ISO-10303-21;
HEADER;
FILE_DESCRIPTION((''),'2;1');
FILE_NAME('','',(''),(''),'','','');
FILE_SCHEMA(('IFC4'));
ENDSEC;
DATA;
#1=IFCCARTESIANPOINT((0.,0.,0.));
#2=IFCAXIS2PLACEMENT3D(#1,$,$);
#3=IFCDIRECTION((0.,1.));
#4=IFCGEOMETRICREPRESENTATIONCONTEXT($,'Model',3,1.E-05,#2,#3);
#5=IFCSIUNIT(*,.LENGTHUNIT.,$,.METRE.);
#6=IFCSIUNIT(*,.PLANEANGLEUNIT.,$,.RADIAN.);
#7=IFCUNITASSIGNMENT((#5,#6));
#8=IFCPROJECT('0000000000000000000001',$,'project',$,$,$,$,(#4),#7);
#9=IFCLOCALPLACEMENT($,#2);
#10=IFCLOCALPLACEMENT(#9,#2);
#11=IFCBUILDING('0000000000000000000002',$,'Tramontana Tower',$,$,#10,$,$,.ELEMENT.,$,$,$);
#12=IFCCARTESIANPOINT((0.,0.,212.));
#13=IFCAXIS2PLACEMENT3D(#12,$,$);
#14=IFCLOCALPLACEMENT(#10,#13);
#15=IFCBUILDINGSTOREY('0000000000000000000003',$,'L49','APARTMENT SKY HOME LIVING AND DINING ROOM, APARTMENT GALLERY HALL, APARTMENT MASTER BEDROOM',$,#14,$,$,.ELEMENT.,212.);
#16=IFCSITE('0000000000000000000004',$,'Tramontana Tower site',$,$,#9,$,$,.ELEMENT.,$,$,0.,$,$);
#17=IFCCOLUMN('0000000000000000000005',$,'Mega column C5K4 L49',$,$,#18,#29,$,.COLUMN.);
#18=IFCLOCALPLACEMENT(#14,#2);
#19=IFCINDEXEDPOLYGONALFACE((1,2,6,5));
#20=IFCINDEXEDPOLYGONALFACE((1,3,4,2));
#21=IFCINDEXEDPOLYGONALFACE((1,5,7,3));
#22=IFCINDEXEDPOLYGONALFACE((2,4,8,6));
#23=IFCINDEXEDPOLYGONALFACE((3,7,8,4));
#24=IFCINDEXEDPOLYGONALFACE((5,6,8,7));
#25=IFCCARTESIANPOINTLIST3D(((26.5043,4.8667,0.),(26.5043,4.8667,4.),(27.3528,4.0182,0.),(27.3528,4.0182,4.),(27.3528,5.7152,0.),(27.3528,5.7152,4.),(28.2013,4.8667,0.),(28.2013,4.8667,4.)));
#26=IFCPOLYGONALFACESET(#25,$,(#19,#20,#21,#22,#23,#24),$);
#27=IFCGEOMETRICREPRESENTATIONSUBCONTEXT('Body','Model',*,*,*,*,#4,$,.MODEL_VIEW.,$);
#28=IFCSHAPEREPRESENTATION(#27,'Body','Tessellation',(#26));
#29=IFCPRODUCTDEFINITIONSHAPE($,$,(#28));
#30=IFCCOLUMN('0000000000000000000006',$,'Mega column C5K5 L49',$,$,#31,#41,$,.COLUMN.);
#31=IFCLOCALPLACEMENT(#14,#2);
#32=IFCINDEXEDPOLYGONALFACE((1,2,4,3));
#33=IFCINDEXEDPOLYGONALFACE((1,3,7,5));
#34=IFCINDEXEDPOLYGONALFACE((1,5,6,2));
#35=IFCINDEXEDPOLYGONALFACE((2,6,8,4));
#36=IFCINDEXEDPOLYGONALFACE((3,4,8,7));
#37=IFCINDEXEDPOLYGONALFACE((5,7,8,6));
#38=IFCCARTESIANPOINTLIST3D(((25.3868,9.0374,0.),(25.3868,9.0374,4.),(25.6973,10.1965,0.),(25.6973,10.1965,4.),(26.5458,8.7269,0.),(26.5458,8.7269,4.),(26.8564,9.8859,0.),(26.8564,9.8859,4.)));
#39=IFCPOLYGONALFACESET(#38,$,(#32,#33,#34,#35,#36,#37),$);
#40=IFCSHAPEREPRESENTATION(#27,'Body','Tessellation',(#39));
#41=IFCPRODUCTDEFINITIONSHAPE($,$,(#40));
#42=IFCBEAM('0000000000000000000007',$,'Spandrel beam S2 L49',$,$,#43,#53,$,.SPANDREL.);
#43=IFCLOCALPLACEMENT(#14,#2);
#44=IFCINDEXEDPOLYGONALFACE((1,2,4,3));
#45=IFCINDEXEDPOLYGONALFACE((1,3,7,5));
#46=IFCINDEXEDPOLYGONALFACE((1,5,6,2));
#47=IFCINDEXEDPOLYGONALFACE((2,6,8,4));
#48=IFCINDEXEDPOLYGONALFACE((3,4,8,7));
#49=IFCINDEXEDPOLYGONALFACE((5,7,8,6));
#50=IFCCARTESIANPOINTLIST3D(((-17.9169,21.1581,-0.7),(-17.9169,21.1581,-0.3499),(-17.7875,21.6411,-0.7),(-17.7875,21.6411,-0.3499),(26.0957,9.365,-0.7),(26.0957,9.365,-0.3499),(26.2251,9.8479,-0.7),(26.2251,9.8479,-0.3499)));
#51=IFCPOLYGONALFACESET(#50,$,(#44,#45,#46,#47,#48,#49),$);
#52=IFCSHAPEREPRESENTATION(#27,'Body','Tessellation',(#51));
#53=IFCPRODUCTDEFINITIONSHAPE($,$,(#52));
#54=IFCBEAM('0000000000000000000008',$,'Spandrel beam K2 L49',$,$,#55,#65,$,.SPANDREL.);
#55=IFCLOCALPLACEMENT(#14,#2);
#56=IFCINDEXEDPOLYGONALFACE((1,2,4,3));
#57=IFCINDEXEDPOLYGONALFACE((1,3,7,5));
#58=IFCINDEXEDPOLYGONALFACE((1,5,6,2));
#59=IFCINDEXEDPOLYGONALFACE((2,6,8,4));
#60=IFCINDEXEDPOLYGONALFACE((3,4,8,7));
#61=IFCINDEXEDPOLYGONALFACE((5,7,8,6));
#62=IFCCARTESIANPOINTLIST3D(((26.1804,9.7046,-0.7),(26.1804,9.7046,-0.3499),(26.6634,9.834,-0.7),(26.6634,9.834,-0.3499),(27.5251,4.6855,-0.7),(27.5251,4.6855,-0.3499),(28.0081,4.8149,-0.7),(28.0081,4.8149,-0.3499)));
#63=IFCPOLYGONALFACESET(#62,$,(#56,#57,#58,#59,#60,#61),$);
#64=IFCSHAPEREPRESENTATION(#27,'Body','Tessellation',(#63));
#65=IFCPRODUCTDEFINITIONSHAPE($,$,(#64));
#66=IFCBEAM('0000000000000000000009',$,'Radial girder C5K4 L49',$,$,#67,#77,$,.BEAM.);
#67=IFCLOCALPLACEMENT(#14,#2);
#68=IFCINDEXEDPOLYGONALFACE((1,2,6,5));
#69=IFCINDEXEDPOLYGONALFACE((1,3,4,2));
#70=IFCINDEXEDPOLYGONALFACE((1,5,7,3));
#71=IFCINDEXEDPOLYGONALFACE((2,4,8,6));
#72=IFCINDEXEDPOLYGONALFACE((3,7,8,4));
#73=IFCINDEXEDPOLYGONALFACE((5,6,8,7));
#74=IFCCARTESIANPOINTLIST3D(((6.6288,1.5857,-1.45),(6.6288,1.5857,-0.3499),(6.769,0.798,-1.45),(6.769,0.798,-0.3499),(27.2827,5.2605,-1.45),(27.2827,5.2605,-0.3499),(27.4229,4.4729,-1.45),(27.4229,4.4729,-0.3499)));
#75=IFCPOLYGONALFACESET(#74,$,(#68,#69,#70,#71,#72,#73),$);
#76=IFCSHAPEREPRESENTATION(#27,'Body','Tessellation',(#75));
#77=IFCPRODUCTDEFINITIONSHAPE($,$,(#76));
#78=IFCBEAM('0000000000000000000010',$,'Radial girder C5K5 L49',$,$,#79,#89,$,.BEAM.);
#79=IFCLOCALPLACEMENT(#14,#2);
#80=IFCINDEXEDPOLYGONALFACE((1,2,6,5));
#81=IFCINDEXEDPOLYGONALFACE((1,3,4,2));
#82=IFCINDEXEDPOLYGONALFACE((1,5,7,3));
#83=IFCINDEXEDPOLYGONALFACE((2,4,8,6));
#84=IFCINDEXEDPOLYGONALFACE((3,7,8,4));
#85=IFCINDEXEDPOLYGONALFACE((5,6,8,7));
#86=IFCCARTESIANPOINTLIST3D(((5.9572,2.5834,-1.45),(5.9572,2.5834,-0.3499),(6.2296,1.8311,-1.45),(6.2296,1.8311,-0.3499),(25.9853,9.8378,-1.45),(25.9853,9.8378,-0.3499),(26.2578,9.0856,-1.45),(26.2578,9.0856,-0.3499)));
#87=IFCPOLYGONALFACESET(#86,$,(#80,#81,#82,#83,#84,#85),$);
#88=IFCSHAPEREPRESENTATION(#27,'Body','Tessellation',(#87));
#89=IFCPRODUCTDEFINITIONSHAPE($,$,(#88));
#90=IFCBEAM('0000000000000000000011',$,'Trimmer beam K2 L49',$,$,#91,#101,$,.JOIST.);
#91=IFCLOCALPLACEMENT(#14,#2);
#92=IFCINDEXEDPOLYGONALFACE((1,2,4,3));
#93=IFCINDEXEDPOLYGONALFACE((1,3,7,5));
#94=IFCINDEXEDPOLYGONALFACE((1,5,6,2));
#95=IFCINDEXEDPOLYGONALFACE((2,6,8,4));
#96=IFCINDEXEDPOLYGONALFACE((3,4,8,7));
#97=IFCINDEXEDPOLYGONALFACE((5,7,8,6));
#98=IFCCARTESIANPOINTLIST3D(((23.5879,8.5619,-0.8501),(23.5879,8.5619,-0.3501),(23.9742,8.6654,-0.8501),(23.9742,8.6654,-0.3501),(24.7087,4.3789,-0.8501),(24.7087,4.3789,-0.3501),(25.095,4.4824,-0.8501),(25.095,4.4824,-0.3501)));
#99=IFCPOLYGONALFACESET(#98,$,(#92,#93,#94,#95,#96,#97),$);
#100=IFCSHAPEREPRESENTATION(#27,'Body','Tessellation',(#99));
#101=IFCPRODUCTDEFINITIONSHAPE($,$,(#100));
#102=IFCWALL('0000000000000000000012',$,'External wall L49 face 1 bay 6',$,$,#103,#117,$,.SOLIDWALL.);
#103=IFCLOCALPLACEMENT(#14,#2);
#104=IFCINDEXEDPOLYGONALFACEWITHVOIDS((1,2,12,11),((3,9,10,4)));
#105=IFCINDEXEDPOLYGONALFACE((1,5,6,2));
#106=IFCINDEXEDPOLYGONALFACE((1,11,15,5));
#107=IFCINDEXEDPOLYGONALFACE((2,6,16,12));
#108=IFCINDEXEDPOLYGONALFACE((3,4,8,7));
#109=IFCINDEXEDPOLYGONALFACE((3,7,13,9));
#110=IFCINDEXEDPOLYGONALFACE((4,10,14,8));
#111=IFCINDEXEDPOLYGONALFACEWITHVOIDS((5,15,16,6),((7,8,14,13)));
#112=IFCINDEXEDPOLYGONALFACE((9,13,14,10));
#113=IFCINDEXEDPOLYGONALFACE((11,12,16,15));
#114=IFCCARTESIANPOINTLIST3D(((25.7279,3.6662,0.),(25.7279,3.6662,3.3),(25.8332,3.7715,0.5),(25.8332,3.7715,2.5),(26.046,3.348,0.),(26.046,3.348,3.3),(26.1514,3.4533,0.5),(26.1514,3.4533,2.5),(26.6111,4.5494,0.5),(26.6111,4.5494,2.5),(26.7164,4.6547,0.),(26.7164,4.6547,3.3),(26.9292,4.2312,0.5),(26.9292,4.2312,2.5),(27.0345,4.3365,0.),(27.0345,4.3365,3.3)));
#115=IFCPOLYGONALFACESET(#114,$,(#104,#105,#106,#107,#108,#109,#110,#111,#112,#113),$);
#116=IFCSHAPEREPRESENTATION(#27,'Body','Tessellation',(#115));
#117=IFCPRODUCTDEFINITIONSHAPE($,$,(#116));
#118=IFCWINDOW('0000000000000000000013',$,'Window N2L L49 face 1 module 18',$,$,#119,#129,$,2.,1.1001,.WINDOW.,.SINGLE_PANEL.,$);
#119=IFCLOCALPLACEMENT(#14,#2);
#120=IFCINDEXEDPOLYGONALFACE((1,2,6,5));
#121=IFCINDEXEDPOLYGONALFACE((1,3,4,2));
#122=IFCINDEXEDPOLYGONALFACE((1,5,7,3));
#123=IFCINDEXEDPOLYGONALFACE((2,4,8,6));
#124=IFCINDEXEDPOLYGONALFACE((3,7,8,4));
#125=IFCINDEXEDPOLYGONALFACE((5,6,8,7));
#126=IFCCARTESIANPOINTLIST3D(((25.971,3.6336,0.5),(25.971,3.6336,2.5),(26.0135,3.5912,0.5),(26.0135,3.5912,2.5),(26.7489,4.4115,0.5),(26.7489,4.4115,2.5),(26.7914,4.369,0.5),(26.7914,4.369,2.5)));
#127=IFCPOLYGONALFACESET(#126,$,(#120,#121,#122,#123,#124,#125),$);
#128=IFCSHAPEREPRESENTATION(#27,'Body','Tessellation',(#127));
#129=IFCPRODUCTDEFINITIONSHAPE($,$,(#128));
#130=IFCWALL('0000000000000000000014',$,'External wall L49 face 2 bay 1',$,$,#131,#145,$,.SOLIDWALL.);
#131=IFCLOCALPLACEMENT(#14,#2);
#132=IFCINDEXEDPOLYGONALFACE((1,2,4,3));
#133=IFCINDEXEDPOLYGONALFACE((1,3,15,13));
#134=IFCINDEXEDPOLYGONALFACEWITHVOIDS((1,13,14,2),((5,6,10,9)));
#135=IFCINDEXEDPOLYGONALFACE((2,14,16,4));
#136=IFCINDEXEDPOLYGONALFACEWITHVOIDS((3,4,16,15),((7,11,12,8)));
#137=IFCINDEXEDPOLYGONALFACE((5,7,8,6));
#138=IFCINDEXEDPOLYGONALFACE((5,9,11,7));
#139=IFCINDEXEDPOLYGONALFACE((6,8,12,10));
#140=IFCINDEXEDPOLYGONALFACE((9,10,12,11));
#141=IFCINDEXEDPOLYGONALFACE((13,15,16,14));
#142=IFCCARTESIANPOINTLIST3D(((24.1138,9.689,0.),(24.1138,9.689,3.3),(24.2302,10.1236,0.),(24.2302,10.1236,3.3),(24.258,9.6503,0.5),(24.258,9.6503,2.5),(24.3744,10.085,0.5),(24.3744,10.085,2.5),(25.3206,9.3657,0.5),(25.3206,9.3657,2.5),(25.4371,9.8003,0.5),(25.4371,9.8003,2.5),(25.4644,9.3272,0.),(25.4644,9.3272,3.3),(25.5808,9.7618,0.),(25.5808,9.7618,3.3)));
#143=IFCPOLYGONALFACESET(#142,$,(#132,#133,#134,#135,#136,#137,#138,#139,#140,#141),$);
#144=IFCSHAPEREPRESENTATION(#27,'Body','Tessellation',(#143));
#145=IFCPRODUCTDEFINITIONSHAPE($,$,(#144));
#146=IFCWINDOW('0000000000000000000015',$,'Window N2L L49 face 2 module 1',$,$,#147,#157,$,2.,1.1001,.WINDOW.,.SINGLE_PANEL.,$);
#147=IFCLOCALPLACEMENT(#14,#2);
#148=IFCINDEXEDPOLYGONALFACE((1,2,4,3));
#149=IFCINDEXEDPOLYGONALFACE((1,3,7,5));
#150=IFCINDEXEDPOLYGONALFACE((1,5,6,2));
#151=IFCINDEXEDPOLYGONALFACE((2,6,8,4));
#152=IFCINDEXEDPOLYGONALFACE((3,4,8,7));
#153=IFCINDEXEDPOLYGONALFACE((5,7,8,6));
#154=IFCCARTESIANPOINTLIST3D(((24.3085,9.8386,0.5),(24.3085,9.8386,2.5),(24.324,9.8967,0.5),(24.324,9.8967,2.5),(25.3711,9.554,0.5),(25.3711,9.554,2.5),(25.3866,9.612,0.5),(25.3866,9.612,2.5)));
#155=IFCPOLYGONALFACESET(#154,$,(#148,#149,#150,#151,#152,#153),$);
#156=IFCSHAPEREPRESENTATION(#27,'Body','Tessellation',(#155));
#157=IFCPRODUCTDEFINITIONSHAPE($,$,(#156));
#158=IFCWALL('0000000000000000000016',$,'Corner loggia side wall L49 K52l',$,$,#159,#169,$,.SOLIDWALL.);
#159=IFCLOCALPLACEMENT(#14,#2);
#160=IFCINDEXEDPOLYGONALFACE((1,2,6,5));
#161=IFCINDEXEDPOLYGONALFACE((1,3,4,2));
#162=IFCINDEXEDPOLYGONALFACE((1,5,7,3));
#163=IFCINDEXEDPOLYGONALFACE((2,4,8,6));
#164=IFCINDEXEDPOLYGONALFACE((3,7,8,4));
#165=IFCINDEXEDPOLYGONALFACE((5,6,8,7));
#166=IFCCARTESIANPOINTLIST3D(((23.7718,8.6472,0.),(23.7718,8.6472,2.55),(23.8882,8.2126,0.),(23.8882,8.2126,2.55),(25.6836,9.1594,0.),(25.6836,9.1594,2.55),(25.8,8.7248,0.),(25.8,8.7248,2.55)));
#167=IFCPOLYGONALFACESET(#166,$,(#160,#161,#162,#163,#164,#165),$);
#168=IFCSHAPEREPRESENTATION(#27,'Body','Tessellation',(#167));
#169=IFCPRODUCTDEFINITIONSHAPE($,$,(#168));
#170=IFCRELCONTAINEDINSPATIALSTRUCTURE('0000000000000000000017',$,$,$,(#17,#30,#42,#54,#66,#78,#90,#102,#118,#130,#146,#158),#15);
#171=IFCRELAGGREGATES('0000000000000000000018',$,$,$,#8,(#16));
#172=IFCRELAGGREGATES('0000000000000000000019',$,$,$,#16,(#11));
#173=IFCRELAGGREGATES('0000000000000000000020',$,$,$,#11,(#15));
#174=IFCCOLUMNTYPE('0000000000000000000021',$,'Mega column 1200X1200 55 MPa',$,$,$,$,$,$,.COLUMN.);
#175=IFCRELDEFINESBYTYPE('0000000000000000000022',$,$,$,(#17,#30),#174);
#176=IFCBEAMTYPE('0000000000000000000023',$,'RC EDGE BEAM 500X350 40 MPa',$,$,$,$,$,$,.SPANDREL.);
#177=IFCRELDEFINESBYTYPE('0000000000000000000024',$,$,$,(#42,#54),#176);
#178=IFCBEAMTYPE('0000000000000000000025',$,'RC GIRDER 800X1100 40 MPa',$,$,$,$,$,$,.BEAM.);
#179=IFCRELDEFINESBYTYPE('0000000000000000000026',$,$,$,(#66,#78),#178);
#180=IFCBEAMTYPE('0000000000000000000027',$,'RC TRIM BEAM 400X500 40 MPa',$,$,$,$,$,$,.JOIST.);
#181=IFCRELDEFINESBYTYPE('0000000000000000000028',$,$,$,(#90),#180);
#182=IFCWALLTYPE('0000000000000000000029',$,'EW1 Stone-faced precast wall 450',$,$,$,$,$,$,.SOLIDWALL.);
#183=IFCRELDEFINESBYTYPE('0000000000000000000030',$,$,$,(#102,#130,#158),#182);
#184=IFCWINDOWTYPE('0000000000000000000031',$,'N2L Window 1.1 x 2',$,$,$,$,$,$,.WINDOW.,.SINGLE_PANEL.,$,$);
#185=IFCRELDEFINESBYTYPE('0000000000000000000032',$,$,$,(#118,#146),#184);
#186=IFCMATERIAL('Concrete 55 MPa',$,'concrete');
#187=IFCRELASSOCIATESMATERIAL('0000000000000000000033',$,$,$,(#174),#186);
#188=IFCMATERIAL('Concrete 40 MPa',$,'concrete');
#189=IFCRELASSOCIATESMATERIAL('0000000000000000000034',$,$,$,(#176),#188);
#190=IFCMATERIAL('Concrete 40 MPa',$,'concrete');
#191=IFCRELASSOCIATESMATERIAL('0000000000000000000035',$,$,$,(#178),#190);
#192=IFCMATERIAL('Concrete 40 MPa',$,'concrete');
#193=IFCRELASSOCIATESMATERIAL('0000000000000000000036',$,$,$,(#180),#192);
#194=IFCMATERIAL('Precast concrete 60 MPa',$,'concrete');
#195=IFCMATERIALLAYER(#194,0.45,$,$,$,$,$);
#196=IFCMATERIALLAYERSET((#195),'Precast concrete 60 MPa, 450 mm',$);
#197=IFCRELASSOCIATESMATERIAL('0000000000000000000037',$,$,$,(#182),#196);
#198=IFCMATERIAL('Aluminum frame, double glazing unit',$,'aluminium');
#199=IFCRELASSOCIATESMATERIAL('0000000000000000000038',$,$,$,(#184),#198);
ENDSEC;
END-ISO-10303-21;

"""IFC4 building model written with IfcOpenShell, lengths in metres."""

from ifc_helpers import new_model, si_unit, direction, frame, frame_2d, origin, origin_2d, place, context, subcontext, project, spatial, rectangle, extrude, material, layer, layer_set, material_profile, profile_set, type_object, element, fill, save


model = new_model("IFC4")

# Units and contexts
model_context = context("Model", 3, precision=1e-05, world=origin(), true_north=direction((0.0, 1.0)))
body_context = subcontext(model_context, "Body", "Model", "MODEL_VIEW")
ifc_project = project(units=[si_unit("LENGTHUNIT", "METRE"), si_unit("PLANEANGLEUNIT", "RADIAN")], contexts=[model_context])

# Site, building, storey
site_placement = place(None, origin())
site = spatial("IfcSite", under=ifc_project, at=site_placement, Name="Tramontana Tower site", CompositionType="ELEMENT", RefElevation=0.0)
building_placement = place(site_placement, origin())
building = spatial("IfcBuilding", under=site, at=building_placement, Name="Tramontana Tower", CompositionType="ELEMENT")
storey_placement = place(building_placement, frame((0.0, 0.0, 212.0)))
storey = spatial("IfcBuildingStorey", under=building, at=storey_placement, Name="L49", Description="APARTMENT SKY HOME LIVING AND DINING ROOM, APARTMENT GALLERY HALL, APARTMENT MASTER BEDROOM", CompositionType="ELEMENT", Elevation=212.0)

# Columns
ifc_material_1 = material(Name="Concrete 55 MPa", Category="concrete")
ifc_material_profile_1 = material_profile(ifc_material_1, rectangle(XDim=1.2, YDim=1.2, at=origin_2d()), Name="Mega column 1200X1200 55 MPa")
ifc_profile_set_1 = profile_set([ifc_material_profile_1], Name="Concrete 55 MPa")
column_type = type_object("IfcColumnType", Name="Mega column 1200X1200 55 MPa", PredefinedType="COLUMN", material=ifc_profile_set_1)
for number, where, z_axis, x_axis, name in (
    (1, (27.3528, 4.8667, 0.0), (0.0, 0.0, 1.0), (0.707107, 0.707107, 0.0), "Mega column C5K4 L49"),
    (2, (26.1216, 9.4617, 0.0), (0.0, 0.0, 1.0), (-0.965926, 0.258819, 0.0), "Mega column C5K5 L49"),
):
    element("IfcColumn", number, at=place(storey_placement, frame(where, z_axis=z_axis, x_axis=x_axis)), inside=storey, type_object=column_type, Name=name, PredefinedType="COLUMN", context=body_context, shape_type="SweptSolid", body=[
        extrude(rectangle(XDim=1.2, YDim=1.2, at=origin_2d()), origin(), (0.0, 0.0, 1.0), 4.0),
    ])

# Beams
ifc_material_2 = material(Name="Concrete 40 MPa", Category="concrete")
ifc_material_profile_2 = material_profile(ifc_material_2, rectangle(XDim=0.5, YDim=0.3501, at=origin_2d()), Name="RC EDGE BEAM 500X350 40 MPa")
ifc_profile_set_2 = profile_set([ifc_material_profile_2], Name="Concrete 40 MPa")
beam_type_1 = type_object("IfcBeamType", Name="RC EDGE BEAM 500X350 40 MPa", PredefinedType="SPANDREL", material=ifc_profile_set_2)
beam_1_placement = place(storey_placement, frame((26.1604, 9.6064, -0.5249), z_axis=(-0.965926, 0.25882, 0.0), x_axis=(-0.25882, -0.965926, 0.0)))
element("IfcBeam", 3, at=beam_1_placement, inside=storey, type_object=beam_type_1, Name="Spandrel beam S2 L49", PredefinedType="SPANDREL", context=body_context, shape_type="SweptSolid", body=[
    extrude(rectangle(XDim=0.5, YDim=0.3501, at=origin_2d()), origin(), (0.0, 0.0, 1.0), 45.5652),
])
beam_2_placement = place(storey_placement, frame((27.7666, 4.7502, -0.5249), z_axis=(-0.258797, 0.965932, 0.0), x_axis=(-0.965932, -0.258797, 0.0)))
element("IfcBeam", 4, at=beam_2_placement, inside=storey, type_object=beam_type_1, Name="Spandrel beam K2 L49", PredefinedType="SPANDREL", context=body_context, shape_type="SweptSolid", body=[
    extrude(rectangle(XDim=0.5, YDim=0.3501, at=origin_2d()), origin(), (0.0, 0.0, 1.0), 5.196),
])
ifc_material_3 = material(Name="Concrete 40 MPa", Category="concrete")
ifc_material_profile_3 = material_profile(ifc_material_3, rectangle(XDim=0.8, YDim=1.1001, at=origin_2d()), Name="RC GIRDER 800X1100 40 MPa")
ifc_profile_set_3 = profile_set([ifc_material_profile_3], Name="Concrete 40 MPa")
beam_type_2 = type_object("IfcBeamType", Name="RC GIRDER 800X1100 40 MPa", PredefinedType="BEAM", material=ifc_profile_set_3)
beam_3_placement = place(storey_placement, frame((27.3528, 4.8667, -0.8999), z_axis=(-0.984538, -0.175173, 0.0), x_axis=(0.175173, -0.984538, 0.0)))
element("IfcBeam", 5, at=beam_3_placement, inside=storey, type_object=beam_type_2, Name="Radial girder C5K4 L49", PredefinedType="BEAM", context=body_context, shape_type="SweptSolid", body=[
    extrude(rectangle(XDim=0.8, YDim=1.1001, at=origin_2d()), origin(), (0.0, 0.0, 1.0), 20.9783),
])
beam_4_placement = place(storey_placement, frame((26.1216, 9.4617, -0.8999), z_axis=(-0.940223, -0.340559, 0.0), x_axis=(0.340559, -0.940223, 0.0)))
element("IfcBeam", 6, at=beam_4_placement, inside=storey, type_object=beam_type_2, Name="Radial girder C5K5 L49", PredefinedType="BEAM", context=body_context, shape_type="SweptSolid", body=[
    extrude(rectangle(XDim=0.8, YDim=1.1001, at=origin_2d()), origin(), (0.0, 0.0, 1.0), 21.3015),
])
ifc_material_4 = material(Name="Concrete 40 MPa", Category="concrete")
ifc_material_profile_4 = material_profile(ifc_material_4, rectangle(XDim=0.3999, YDim=0.5, at=origin_2d()), Name="RC TRIM BEAM 400X500 40 MPa")
ifc_profile_set_4 = profile_set([ifc_material_profile_4], Name="Concrete 40 MPa")
beam_type_3 = type_object("IfcBeamType", Name="RC TRIM BEAM 400X500 40 MPa", PredefinedType="JOIST", material=ifc_profile_set_4)
beam_5_placement = place(storey_placement, frame((24.9019, 4.4307, -0.6001), z_axis=(-0.258817, 0.965926, 0.0), x_axis=(-0.965926, -0.258817, 0.0)))
element("IfcBeam", 7, at=beam_5_placement, inside=storey, type_object=beam_type_3, Name="Trimmer beam K2 L49", PredefinedType="JOIST", context=body_context, shape_type="SweptSolid", body=[
    extrude(rectangle(XDim=0.3999, YDim=0.5, at=origin_2d()), origin(), (0.0, 0.0, 1.0), 4.3306),
])

# Walls, openings, windows
ifc_material_5 = material(Name="Precast concrete 60 MPa", Category="concrete")
ifc_layer_1 = layer(ifc_material_5, 0.45)
ifc_layer_set_1 = layer_set([ifc_layer_1], Name="Precast concrete 60 MPa, 450 mm")
wall_type_1 = type_object("IfcWallType", Name="EW1 Stone-faced precast wall 450", PredefinedType="SOLIDWALL", material=ifc_layer_set_1)
wall_1_placement = place(storey_placement, frame((25.887, 3.5071, 0.0), z_axis=(0.0, 0.0, 1.0), x_axis=(0.707107, 0.707107, 0.0)))
wall_1 = element("IfcWall", 8, at=wall_1_placement, inside=storey, type_object=wall_type_1, Name="External wall L49 face 1 bay 6", PredefinedType="SOLIDWALL", context=body_context, shape_type="SweptSolid", body=[
    extrude(rectangle(XDim=1.3979, YDim=0.45, at=frame_2d((0.699, 0.0))), origin(), (0.0, 0.0, 1.0), 3.3),
])
opening_1_placement = place(wall_1_placement, frame((0.1489, 0.0, 0.5)))
opening_1 = element("IfcOpeningElement", 9, at=opening_1_placement, cuts=wall_1, PredefinedType="OPENING", context=body_context, shape_type="SweptSolid", body=[
    extrude(rectangle(XDim=1.1001, YDim=2.0, at=frame_2d((0.55, 1.0))), frame((0.0, 0.2349, 0.0), z_axis=(0.0, -1.0, 0.0), x_axis=(1.0, 0.0, 0.0)), (0.0, 0.0, 1.0), 0.47),
])
ifc_material_6 = material(Name="Aluminum frame, double glazing unit", Category="aluminium")
window_type = type_object("IfcWindowType", Name="N2L Window 1.1 x 2", PartitioningType="SINGLE_PANEL", PredefinedType="WINDOW", material=ifc_material_6)
window_1_placement = place(opening_1_placement, origin())
window_1 = element("IfcWindow", 10, at=window_1_placement, inside=storey, type_object=window_type, Name="Window N2L L49 face 1 module 18", OverallHeight=2.0, OverallWidth=1.1001, PartitioningType="SINGLE_PANEL", PredefinedType="WINDOW", context=body_context, shape_type="SweptSolid", body=[
    extrude(rectangle(XDim=1.1001, YDim=2.0, at=frame_2d((0.55, 1.0))), frame((0.0, 0.03, 0.0), z_axis=(0.0, -1.0, 0.0), x_axis=(1.0, 0.0, 0.0)), (0.0, 0.0, 1.0), 0.0601),
])
fill(opening_1, window_1)
wall_2_placement = place(storey_placement, frame((25.5227, 9.5444, 0.0), z_axis=(0.0, 0.0, 1.0), x_axis=(-0.965939, 0.258771, 0.0)))
wall_2 = element("IfcWall", 11, at=wall_2_placement, inside=storey, type_object=wall_type_1, Name="External wall L49 face 2 bay 1", PredefinedType="SOLIDWALL", context=body_context, shape_type="SweptSolid", body=[
    extrude(rectangle(XDim=1.3982, YDim=0.45, at=frame_2d((0.6992, 0.0))), origin(), (0.0, 0.0, 1.0), 3.3),
])
opening_2_placement = place(wall_2_placement, frame((0.1489, 0.0, 0.5)))
opening_2 = element("IfcOpeningElement", 12, at=opening_2_placement, cuts=wall_2, PredefinedType="OPENING", context=body_context, shape_type="SweptSolid", body=[
    extrude(rectangle(XDim=1.1001, YDim=2.0, at=frame_2d((0.55, 1.0))), frame((0.0, 0.2349, 0.0), z_axis=(0.0, -1.0, 0.0), x_axis=(1.0, 0.0, 0.0)), (0.0, 0.0, 1.0), 0.47),
])
window_2_placement = place(opening_2_placement, origin())
window_2 = element("IfcWindow", 13, at=window_2_placement, inside=storey, type_object=window_type, Name="Window N2L L49 face 2 module 1", OverallHeight=2.0, OverallWidth=1.1001, PartitioningType="SINGLE_PANEL", PredefinedType="WINDOW", context=body_context, shape_type="SweptSolid", body=[
    extrude(rectangle(XDim=1.1001, YDim=2.0, at=frame_2d((0.55, 1.0))), frame((0.0, 0.03, 0.0), z_axis=(0.0, -1.0, 0.0), x_axis=(1.0, 0.0, 0.0)), (0.0, 0.0, 1.0), 0.0601),
])
fill(opening_2, window_2)

# Wall
wall_3_placement = place(storey_placement, frame((25.7419, 8.9421, 0.0), z_axis=(0.0, 0.0, 1.0), x_axis=(-0.965935, -0.258783, 0.0)))
element("IfcWall", 14, at=wall_3_placement, inside=storey, type_object=wall_type_1, Name="Corner loggia side wall L49 K52l", PredefinedType="SOLIDWALL", context=body_context, shape_type="SweptSolid", body=[
    extrude(rectangle(XDim=1.9792, YDim=0.45, at=frame_2d((0.9897, 0.0))), origin(), (0.0, 0.0, 1.0), 2.55),
])

save(model, "model.ifc")
